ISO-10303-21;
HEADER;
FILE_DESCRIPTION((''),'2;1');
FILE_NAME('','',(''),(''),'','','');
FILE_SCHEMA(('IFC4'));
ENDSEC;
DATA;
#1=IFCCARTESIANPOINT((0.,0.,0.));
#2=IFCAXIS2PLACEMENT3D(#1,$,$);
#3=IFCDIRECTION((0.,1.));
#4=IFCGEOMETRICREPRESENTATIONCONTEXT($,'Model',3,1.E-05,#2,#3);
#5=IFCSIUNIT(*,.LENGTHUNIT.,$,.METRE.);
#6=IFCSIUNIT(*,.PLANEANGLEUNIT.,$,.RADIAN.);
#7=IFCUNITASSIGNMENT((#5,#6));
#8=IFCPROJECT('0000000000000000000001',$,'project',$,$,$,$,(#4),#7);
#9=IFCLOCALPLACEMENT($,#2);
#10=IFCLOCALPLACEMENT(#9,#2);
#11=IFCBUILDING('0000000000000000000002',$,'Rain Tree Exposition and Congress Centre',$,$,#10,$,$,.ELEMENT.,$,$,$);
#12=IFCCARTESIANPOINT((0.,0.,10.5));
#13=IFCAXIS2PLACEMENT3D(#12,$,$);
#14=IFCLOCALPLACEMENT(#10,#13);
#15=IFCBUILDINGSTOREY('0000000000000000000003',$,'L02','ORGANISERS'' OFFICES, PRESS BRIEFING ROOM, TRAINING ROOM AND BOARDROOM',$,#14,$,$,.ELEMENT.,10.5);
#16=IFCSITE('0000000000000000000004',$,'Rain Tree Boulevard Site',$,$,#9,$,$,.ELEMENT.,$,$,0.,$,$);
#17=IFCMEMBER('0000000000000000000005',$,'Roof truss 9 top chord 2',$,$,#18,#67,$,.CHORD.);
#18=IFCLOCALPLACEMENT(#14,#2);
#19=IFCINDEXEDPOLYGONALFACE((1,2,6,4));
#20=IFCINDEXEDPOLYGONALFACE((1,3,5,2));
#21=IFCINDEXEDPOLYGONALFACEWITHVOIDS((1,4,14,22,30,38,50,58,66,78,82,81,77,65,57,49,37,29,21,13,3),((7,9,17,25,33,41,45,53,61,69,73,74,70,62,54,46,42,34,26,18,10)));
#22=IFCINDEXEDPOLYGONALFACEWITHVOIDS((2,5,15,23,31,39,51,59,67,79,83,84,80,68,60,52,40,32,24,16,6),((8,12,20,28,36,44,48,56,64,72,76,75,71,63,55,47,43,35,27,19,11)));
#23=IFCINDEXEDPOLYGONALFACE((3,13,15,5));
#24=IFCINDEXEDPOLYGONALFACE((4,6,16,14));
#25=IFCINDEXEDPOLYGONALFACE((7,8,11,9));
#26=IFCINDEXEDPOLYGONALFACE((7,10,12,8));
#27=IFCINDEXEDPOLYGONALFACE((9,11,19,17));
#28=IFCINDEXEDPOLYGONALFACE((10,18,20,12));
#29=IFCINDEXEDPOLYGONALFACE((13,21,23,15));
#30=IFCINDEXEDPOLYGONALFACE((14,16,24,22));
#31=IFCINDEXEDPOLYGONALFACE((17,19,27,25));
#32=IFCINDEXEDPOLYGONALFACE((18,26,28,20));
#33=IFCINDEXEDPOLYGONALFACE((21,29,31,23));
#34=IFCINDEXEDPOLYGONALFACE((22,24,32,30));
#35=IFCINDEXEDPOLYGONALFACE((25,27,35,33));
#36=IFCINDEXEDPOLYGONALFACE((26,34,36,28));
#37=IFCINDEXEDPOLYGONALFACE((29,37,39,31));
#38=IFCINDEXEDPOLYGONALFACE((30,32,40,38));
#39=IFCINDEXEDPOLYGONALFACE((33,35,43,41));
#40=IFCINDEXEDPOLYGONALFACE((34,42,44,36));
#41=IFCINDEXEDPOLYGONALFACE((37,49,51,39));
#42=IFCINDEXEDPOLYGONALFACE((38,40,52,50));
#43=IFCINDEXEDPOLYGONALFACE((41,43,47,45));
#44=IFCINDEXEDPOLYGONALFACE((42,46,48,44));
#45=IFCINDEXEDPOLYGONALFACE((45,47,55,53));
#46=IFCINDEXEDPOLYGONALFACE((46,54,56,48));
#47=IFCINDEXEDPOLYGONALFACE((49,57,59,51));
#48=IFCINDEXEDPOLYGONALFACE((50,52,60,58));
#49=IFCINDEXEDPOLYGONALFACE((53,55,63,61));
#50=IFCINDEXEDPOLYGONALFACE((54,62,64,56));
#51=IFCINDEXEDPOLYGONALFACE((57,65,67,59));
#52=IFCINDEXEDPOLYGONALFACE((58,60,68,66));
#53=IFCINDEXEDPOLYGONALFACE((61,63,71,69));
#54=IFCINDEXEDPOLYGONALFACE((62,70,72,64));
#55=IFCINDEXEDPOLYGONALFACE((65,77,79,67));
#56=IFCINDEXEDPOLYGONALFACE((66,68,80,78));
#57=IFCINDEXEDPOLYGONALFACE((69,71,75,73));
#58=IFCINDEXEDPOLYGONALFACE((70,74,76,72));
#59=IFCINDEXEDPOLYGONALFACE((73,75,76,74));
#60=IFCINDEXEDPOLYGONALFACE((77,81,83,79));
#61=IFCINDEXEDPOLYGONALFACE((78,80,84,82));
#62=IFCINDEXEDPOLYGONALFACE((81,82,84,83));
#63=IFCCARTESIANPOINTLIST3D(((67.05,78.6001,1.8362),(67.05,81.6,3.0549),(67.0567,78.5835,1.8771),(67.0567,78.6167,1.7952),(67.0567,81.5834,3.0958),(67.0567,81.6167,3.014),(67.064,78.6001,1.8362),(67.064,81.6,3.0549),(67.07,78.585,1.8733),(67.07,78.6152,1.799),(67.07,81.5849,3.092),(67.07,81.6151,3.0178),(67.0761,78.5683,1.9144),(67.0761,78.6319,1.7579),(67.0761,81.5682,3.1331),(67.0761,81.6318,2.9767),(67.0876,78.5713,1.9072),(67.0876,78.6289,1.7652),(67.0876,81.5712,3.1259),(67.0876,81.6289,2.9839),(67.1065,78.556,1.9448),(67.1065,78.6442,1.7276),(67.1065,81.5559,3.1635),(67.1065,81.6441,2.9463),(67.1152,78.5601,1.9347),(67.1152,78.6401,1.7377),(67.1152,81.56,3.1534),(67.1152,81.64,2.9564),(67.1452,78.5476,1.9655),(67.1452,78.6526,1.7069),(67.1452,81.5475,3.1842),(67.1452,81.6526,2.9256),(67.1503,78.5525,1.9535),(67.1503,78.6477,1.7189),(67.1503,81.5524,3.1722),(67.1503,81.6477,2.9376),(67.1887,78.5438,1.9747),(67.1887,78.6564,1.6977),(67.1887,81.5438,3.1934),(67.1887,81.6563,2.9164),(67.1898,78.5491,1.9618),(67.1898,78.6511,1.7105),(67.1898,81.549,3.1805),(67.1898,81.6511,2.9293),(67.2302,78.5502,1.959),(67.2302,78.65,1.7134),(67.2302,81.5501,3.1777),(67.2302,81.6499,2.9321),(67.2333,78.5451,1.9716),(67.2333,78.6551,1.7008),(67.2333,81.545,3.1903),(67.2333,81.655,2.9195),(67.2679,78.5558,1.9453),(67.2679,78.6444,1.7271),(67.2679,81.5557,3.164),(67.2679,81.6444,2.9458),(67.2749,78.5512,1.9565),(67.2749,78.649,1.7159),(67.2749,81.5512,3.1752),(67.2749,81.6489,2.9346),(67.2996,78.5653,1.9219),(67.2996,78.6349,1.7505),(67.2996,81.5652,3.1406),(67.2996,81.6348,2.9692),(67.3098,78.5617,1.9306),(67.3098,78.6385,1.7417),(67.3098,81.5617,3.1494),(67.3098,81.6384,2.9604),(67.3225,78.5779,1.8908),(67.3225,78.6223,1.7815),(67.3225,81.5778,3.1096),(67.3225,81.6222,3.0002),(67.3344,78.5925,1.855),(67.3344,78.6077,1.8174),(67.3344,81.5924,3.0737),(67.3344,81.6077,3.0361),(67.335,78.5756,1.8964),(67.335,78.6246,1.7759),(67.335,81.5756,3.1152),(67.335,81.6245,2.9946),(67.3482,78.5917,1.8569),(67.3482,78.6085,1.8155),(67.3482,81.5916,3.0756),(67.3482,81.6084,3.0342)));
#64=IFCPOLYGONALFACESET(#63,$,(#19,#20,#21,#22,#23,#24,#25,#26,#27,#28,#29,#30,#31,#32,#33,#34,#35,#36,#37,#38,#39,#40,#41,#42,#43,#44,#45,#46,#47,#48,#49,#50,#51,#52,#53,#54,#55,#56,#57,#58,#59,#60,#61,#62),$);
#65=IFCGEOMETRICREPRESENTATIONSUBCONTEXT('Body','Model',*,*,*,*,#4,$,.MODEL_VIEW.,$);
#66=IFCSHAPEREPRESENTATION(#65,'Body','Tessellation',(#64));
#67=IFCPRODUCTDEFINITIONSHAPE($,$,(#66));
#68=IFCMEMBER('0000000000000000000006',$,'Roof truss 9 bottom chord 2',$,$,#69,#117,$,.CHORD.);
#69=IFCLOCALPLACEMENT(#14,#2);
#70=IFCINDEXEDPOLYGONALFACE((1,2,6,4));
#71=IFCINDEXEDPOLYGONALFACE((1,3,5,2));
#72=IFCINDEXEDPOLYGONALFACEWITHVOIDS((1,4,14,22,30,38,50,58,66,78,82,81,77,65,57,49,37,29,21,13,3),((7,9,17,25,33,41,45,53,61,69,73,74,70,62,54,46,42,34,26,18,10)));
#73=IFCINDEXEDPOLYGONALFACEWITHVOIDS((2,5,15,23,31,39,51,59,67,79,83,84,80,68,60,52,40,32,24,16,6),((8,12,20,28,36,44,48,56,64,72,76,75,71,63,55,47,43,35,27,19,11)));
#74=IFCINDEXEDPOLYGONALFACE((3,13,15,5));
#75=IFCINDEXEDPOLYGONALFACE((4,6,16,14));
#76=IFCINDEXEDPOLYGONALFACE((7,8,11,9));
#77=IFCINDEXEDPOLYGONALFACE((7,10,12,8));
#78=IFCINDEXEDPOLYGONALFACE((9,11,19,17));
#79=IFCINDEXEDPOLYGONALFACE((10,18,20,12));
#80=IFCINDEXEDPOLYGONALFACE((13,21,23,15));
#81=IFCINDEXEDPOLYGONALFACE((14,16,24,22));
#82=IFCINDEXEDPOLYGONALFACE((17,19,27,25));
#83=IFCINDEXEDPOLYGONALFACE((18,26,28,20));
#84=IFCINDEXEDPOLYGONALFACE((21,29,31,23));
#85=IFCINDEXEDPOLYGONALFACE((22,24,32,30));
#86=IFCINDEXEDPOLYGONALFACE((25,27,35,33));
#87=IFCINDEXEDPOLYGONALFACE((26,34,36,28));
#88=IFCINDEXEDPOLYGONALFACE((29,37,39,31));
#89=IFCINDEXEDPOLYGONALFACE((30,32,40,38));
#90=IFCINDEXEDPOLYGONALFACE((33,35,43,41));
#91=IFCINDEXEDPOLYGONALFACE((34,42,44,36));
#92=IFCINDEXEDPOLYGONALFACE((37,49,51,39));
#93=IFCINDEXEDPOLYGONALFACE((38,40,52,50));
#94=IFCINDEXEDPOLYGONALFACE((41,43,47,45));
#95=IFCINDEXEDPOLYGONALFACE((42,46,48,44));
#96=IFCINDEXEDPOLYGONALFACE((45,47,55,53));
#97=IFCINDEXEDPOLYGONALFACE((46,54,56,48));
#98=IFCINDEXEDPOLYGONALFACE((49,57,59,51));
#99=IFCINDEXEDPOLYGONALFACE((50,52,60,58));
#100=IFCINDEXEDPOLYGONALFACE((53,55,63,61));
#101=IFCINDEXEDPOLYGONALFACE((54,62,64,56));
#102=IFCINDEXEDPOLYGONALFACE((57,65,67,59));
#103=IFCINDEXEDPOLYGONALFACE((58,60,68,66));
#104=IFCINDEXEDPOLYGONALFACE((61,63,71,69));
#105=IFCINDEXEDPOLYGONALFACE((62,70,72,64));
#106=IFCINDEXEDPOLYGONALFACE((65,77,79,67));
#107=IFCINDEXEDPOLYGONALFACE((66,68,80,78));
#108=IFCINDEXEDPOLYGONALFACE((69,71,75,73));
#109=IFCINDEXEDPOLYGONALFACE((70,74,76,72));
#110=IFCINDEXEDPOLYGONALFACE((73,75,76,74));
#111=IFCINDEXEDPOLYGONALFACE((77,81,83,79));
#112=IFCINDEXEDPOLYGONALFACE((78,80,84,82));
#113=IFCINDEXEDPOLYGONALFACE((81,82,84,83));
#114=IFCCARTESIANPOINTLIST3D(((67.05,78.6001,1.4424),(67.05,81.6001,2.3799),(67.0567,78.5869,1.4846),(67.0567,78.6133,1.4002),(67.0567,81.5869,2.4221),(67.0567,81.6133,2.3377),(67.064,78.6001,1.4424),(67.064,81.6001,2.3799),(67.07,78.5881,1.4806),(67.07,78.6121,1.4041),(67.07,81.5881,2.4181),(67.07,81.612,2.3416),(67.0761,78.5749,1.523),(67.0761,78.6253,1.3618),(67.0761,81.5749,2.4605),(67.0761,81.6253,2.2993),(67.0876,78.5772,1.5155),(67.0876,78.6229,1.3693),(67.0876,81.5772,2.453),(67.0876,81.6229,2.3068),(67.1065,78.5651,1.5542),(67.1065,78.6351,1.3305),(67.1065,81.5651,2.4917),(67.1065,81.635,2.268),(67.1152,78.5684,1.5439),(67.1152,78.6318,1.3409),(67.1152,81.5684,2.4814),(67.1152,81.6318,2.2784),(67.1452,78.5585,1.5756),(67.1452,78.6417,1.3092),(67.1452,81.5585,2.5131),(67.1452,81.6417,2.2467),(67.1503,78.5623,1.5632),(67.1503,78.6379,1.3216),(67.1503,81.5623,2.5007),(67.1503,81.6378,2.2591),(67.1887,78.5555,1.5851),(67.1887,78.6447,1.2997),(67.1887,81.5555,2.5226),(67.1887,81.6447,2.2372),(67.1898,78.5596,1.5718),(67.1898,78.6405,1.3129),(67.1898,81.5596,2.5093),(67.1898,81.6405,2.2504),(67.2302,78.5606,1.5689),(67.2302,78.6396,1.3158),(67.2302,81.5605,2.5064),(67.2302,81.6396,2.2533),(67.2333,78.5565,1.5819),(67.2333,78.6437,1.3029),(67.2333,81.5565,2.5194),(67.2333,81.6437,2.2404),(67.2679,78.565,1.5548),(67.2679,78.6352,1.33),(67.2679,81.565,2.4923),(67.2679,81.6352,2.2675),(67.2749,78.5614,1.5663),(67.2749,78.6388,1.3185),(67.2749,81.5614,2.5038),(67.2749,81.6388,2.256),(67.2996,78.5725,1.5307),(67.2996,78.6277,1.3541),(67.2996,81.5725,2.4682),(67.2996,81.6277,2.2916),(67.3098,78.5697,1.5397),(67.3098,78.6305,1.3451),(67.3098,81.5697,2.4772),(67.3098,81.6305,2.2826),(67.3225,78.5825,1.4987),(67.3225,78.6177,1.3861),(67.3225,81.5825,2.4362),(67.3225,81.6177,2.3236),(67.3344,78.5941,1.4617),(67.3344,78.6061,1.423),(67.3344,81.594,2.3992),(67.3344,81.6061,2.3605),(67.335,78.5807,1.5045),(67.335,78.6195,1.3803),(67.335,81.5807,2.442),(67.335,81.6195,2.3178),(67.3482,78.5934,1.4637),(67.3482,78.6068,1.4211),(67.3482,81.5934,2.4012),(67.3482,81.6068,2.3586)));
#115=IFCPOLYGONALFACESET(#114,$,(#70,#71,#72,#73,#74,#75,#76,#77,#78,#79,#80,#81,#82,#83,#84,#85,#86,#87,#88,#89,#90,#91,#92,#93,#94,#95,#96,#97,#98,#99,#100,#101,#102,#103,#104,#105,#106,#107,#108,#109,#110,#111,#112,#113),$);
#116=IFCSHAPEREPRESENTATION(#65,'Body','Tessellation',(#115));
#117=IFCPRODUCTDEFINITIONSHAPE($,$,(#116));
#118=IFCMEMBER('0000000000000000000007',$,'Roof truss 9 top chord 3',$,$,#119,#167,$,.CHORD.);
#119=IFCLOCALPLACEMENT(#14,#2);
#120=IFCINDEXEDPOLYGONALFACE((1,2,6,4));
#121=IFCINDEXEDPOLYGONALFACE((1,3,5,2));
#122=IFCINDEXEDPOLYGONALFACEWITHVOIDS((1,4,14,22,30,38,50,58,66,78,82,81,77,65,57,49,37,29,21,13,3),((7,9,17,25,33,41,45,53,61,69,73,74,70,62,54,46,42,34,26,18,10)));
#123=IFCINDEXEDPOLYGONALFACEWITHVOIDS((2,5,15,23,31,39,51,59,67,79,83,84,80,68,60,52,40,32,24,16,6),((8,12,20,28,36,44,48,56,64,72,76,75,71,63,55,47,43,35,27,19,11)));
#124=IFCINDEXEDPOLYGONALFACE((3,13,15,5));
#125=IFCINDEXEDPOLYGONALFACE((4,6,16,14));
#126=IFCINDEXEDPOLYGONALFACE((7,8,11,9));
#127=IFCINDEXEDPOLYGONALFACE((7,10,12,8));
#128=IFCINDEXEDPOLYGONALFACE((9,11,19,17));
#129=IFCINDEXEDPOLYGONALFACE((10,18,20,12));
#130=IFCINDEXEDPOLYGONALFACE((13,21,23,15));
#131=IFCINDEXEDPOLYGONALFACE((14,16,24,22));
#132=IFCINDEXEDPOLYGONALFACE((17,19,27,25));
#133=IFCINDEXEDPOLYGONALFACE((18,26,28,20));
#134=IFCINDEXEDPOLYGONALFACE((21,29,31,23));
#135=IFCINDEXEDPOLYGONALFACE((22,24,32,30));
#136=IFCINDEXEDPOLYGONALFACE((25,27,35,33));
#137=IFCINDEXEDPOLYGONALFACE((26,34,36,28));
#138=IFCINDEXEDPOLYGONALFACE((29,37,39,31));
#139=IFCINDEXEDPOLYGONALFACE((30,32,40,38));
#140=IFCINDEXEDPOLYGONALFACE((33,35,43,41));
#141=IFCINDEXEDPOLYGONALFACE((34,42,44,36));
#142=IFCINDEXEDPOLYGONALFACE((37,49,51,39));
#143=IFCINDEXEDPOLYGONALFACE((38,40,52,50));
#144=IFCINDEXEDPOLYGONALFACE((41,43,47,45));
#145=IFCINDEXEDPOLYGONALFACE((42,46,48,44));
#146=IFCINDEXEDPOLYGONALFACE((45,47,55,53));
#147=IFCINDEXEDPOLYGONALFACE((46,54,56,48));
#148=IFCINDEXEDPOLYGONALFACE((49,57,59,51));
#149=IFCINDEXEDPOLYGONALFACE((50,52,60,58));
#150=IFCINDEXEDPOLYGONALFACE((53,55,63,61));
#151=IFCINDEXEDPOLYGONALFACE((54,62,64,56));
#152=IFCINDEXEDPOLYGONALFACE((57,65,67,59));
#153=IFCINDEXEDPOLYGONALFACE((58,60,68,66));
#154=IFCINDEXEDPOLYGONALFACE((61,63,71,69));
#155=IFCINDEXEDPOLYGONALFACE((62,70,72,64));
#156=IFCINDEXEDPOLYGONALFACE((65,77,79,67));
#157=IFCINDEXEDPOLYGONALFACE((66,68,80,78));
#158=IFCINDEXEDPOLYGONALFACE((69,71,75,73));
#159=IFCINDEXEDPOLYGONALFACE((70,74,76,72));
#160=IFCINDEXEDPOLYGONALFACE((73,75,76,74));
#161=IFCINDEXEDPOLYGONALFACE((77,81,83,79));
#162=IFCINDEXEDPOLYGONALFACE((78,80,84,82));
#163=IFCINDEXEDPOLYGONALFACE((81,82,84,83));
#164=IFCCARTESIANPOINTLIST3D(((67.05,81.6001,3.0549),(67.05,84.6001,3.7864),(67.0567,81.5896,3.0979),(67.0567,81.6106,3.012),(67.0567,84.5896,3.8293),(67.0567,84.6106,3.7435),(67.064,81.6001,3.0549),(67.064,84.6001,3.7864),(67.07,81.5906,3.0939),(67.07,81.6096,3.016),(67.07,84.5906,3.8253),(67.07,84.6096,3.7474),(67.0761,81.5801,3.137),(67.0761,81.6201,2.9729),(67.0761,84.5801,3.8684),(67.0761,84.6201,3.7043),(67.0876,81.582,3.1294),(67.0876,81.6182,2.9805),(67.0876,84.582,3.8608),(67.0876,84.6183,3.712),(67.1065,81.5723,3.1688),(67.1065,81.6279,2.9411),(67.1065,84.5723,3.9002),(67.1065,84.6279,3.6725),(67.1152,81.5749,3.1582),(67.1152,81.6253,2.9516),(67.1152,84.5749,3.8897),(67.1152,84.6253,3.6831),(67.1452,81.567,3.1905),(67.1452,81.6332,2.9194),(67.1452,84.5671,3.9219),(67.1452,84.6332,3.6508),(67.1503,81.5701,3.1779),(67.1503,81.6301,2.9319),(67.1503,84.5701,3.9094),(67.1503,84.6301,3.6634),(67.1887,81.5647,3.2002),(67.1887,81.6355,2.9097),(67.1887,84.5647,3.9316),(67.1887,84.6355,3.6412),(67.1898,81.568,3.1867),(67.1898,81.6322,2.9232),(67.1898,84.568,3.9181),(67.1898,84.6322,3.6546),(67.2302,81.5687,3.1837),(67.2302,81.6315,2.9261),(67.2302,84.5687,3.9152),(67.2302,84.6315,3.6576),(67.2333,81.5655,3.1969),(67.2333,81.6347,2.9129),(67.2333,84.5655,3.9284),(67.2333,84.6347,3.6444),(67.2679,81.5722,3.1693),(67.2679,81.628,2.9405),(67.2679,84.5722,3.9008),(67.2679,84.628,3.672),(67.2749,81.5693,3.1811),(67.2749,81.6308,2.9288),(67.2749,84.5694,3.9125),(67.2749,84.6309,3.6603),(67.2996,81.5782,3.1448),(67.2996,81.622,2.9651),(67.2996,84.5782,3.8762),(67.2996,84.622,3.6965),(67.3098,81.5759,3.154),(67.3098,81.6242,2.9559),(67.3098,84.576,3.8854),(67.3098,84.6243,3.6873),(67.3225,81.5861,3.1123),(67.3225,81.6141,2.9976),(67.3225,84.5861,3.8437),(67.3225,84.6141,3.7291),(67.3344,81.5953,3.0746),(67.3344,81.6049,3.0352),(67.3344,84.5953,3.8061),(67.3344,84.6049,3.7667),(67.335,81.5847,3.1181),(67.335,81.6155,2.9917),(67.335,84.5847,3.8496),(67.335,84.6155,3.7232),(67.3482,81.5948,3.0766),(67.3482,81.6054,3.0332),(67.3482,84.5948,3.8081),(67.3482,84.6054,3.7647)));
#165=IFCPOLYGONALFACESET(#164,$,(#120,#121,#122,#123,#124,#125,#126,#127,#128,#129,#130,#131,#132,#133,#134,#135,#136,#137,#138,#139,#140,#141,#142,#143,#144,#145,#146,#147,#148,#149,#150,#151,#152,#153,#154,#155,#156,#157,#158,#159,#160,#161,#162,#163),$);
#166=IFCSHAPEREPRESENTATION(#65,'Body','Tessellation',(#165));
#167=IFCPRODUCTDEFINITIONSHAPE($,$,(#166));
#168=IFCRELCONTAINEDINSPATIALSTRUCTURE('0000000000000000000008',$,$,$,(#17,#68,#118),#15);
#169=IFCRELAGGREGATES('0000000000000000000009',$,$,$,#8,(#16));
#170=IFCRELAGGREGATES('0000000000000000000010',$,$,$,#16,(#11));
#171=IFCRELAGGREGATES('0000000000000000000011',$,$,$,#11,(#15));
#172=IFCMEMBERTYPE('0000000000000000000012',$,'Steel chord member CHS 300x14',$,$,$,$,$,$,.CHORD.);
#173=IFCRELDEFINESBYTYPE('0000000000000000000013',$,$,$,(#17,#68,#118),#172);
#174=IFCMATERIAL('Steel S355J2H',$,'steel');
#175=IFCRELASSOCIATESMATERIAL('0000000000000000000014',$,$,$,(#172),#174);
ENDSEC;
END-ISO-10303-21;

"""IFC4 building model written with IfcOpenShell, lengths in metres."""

from ifc_helpers import new_model, si_unit, direction, frame, origin, origin_2d, place, context, subcontext, project, spatial, hollow_circle, extrude, material, material_profile, profile_set, type_object, element, save


model = new_model("IFC4")

# Units and contexts
model_context = context("Model", 3, precision=1e-05, world=origin(), true_north=direction((0.0, 1.0)))
body_context = subcontext(model_context, "Body", "Model", "MODEL_VIEW")
ifc_project = project(units=[si_unit("LENGTHUNIT", "METRE"), si_unit("PLANEANGLEUNIT", "RADIAN")], contexts=[model_context])

# Site, building, storey
site_placement = place(None, origin())
site = spatial("IfcSite", under=ifc_project, at=site_placement, Name="Rain Tree Boulevard Site", CompositionType="ELEMENT", RefElevation=0.0)
building_placement = place(site_placement, origin())
building = spatial("IfcBuilding", under=site, at=building_placement, Name="Rain Tree Exposition and Congress Centre", CompositionType="ELEMENT")
storey_placement = place(building_placement, frame((0.0, 0.0, 10.5)))
storey = spatial("IfcBuildingStorey", under=building, at=storey_placement, Name="L02", Description="ORGANISERS' OFFICES, PRESS BRIEFING ROOM, TRAINING ROOM AND BOARDROOM", CompositionType="ELEMENT", Elevation=10.5)

# Members
ifc_material_1 = material(Name="Steel S355J2H", Category="steel")
ifc_material_profile_1 = material_profile(ifc_material_1, hollow_circle(Radius=0.1499, WallThickness=0.0139, at=origin_2d()), Name="CHS 300x14")
ifc_profile_set_1 = profile_set([ifc_material_profile_1], Name="Steel S355J2H")
member_type_1 = type_object("IfcMemberType", Name="Steel chord member CHS 300x14", PredefinedType="CHORD", material=ifc_profile_set_1)
member_1_placement = place(storey_placement, frame((67.2, 78.6001, 1.8362), z_axis=(0.0, 0.926467, 0.376377), x_axis=(-1.0, 0.0, 0.0)))
element("IfcMember", 1, at=member_1_placement, inside=storey, type_object=member_type_1, Name="Roof truss 9 top chord 2", PredefinedType="CHORD", context=body_context, shape_type="SweptSolid", body=[
    extrude(hollow_circle(Radius=0.1499, WallThickness=0.0139, at=origin_2d()), origin(), (0.0, 0.0, 1.0), 3.238),
])
member_2_placement = place(storey_placement, frame((67.2, 78.6001, 1.4424), z_axis=(0.0, 0.95448, 0.298275), x_axis=(-1.0, 0.0, 0.0)))
element("IfcMember", 2, at=member_2_placement, inside=storey, type_object=member_type_1, Name="Roof truss 9 bottom chord 2", PredefinedType="CHORD", context=body_context, shape_type="SweptSolid", body=[
    extrude(hollow_circle(Radius=0.1499, WallThickness=0.0139, at=origin_2d()), origin(), (0.0, 0.0, 1.0), 3.1431),
])
member_3_placement = place(storey_placement, frame((67.2, 81.6001, 3.0549), z_axis=(0.0, 0.97154, 0.236876), x_axis=(-1.0, 0.0, 0.0)))
element("IfcMember", 3, at=member_3_placement, inside=storey, type_object=member_type_1, Name="Roof truss 9 top chord 3", PredefinedType="CHORD", context=body_context, shape_type="SweptSolid", body=[
    extrude(hollow_circle(Radius=0.1499, WallThickness=0.0139, at=origin_2d()), origin(), (0.0, 0.0, 1.0), 3.0879),
])

save(model, "model.ifc")
